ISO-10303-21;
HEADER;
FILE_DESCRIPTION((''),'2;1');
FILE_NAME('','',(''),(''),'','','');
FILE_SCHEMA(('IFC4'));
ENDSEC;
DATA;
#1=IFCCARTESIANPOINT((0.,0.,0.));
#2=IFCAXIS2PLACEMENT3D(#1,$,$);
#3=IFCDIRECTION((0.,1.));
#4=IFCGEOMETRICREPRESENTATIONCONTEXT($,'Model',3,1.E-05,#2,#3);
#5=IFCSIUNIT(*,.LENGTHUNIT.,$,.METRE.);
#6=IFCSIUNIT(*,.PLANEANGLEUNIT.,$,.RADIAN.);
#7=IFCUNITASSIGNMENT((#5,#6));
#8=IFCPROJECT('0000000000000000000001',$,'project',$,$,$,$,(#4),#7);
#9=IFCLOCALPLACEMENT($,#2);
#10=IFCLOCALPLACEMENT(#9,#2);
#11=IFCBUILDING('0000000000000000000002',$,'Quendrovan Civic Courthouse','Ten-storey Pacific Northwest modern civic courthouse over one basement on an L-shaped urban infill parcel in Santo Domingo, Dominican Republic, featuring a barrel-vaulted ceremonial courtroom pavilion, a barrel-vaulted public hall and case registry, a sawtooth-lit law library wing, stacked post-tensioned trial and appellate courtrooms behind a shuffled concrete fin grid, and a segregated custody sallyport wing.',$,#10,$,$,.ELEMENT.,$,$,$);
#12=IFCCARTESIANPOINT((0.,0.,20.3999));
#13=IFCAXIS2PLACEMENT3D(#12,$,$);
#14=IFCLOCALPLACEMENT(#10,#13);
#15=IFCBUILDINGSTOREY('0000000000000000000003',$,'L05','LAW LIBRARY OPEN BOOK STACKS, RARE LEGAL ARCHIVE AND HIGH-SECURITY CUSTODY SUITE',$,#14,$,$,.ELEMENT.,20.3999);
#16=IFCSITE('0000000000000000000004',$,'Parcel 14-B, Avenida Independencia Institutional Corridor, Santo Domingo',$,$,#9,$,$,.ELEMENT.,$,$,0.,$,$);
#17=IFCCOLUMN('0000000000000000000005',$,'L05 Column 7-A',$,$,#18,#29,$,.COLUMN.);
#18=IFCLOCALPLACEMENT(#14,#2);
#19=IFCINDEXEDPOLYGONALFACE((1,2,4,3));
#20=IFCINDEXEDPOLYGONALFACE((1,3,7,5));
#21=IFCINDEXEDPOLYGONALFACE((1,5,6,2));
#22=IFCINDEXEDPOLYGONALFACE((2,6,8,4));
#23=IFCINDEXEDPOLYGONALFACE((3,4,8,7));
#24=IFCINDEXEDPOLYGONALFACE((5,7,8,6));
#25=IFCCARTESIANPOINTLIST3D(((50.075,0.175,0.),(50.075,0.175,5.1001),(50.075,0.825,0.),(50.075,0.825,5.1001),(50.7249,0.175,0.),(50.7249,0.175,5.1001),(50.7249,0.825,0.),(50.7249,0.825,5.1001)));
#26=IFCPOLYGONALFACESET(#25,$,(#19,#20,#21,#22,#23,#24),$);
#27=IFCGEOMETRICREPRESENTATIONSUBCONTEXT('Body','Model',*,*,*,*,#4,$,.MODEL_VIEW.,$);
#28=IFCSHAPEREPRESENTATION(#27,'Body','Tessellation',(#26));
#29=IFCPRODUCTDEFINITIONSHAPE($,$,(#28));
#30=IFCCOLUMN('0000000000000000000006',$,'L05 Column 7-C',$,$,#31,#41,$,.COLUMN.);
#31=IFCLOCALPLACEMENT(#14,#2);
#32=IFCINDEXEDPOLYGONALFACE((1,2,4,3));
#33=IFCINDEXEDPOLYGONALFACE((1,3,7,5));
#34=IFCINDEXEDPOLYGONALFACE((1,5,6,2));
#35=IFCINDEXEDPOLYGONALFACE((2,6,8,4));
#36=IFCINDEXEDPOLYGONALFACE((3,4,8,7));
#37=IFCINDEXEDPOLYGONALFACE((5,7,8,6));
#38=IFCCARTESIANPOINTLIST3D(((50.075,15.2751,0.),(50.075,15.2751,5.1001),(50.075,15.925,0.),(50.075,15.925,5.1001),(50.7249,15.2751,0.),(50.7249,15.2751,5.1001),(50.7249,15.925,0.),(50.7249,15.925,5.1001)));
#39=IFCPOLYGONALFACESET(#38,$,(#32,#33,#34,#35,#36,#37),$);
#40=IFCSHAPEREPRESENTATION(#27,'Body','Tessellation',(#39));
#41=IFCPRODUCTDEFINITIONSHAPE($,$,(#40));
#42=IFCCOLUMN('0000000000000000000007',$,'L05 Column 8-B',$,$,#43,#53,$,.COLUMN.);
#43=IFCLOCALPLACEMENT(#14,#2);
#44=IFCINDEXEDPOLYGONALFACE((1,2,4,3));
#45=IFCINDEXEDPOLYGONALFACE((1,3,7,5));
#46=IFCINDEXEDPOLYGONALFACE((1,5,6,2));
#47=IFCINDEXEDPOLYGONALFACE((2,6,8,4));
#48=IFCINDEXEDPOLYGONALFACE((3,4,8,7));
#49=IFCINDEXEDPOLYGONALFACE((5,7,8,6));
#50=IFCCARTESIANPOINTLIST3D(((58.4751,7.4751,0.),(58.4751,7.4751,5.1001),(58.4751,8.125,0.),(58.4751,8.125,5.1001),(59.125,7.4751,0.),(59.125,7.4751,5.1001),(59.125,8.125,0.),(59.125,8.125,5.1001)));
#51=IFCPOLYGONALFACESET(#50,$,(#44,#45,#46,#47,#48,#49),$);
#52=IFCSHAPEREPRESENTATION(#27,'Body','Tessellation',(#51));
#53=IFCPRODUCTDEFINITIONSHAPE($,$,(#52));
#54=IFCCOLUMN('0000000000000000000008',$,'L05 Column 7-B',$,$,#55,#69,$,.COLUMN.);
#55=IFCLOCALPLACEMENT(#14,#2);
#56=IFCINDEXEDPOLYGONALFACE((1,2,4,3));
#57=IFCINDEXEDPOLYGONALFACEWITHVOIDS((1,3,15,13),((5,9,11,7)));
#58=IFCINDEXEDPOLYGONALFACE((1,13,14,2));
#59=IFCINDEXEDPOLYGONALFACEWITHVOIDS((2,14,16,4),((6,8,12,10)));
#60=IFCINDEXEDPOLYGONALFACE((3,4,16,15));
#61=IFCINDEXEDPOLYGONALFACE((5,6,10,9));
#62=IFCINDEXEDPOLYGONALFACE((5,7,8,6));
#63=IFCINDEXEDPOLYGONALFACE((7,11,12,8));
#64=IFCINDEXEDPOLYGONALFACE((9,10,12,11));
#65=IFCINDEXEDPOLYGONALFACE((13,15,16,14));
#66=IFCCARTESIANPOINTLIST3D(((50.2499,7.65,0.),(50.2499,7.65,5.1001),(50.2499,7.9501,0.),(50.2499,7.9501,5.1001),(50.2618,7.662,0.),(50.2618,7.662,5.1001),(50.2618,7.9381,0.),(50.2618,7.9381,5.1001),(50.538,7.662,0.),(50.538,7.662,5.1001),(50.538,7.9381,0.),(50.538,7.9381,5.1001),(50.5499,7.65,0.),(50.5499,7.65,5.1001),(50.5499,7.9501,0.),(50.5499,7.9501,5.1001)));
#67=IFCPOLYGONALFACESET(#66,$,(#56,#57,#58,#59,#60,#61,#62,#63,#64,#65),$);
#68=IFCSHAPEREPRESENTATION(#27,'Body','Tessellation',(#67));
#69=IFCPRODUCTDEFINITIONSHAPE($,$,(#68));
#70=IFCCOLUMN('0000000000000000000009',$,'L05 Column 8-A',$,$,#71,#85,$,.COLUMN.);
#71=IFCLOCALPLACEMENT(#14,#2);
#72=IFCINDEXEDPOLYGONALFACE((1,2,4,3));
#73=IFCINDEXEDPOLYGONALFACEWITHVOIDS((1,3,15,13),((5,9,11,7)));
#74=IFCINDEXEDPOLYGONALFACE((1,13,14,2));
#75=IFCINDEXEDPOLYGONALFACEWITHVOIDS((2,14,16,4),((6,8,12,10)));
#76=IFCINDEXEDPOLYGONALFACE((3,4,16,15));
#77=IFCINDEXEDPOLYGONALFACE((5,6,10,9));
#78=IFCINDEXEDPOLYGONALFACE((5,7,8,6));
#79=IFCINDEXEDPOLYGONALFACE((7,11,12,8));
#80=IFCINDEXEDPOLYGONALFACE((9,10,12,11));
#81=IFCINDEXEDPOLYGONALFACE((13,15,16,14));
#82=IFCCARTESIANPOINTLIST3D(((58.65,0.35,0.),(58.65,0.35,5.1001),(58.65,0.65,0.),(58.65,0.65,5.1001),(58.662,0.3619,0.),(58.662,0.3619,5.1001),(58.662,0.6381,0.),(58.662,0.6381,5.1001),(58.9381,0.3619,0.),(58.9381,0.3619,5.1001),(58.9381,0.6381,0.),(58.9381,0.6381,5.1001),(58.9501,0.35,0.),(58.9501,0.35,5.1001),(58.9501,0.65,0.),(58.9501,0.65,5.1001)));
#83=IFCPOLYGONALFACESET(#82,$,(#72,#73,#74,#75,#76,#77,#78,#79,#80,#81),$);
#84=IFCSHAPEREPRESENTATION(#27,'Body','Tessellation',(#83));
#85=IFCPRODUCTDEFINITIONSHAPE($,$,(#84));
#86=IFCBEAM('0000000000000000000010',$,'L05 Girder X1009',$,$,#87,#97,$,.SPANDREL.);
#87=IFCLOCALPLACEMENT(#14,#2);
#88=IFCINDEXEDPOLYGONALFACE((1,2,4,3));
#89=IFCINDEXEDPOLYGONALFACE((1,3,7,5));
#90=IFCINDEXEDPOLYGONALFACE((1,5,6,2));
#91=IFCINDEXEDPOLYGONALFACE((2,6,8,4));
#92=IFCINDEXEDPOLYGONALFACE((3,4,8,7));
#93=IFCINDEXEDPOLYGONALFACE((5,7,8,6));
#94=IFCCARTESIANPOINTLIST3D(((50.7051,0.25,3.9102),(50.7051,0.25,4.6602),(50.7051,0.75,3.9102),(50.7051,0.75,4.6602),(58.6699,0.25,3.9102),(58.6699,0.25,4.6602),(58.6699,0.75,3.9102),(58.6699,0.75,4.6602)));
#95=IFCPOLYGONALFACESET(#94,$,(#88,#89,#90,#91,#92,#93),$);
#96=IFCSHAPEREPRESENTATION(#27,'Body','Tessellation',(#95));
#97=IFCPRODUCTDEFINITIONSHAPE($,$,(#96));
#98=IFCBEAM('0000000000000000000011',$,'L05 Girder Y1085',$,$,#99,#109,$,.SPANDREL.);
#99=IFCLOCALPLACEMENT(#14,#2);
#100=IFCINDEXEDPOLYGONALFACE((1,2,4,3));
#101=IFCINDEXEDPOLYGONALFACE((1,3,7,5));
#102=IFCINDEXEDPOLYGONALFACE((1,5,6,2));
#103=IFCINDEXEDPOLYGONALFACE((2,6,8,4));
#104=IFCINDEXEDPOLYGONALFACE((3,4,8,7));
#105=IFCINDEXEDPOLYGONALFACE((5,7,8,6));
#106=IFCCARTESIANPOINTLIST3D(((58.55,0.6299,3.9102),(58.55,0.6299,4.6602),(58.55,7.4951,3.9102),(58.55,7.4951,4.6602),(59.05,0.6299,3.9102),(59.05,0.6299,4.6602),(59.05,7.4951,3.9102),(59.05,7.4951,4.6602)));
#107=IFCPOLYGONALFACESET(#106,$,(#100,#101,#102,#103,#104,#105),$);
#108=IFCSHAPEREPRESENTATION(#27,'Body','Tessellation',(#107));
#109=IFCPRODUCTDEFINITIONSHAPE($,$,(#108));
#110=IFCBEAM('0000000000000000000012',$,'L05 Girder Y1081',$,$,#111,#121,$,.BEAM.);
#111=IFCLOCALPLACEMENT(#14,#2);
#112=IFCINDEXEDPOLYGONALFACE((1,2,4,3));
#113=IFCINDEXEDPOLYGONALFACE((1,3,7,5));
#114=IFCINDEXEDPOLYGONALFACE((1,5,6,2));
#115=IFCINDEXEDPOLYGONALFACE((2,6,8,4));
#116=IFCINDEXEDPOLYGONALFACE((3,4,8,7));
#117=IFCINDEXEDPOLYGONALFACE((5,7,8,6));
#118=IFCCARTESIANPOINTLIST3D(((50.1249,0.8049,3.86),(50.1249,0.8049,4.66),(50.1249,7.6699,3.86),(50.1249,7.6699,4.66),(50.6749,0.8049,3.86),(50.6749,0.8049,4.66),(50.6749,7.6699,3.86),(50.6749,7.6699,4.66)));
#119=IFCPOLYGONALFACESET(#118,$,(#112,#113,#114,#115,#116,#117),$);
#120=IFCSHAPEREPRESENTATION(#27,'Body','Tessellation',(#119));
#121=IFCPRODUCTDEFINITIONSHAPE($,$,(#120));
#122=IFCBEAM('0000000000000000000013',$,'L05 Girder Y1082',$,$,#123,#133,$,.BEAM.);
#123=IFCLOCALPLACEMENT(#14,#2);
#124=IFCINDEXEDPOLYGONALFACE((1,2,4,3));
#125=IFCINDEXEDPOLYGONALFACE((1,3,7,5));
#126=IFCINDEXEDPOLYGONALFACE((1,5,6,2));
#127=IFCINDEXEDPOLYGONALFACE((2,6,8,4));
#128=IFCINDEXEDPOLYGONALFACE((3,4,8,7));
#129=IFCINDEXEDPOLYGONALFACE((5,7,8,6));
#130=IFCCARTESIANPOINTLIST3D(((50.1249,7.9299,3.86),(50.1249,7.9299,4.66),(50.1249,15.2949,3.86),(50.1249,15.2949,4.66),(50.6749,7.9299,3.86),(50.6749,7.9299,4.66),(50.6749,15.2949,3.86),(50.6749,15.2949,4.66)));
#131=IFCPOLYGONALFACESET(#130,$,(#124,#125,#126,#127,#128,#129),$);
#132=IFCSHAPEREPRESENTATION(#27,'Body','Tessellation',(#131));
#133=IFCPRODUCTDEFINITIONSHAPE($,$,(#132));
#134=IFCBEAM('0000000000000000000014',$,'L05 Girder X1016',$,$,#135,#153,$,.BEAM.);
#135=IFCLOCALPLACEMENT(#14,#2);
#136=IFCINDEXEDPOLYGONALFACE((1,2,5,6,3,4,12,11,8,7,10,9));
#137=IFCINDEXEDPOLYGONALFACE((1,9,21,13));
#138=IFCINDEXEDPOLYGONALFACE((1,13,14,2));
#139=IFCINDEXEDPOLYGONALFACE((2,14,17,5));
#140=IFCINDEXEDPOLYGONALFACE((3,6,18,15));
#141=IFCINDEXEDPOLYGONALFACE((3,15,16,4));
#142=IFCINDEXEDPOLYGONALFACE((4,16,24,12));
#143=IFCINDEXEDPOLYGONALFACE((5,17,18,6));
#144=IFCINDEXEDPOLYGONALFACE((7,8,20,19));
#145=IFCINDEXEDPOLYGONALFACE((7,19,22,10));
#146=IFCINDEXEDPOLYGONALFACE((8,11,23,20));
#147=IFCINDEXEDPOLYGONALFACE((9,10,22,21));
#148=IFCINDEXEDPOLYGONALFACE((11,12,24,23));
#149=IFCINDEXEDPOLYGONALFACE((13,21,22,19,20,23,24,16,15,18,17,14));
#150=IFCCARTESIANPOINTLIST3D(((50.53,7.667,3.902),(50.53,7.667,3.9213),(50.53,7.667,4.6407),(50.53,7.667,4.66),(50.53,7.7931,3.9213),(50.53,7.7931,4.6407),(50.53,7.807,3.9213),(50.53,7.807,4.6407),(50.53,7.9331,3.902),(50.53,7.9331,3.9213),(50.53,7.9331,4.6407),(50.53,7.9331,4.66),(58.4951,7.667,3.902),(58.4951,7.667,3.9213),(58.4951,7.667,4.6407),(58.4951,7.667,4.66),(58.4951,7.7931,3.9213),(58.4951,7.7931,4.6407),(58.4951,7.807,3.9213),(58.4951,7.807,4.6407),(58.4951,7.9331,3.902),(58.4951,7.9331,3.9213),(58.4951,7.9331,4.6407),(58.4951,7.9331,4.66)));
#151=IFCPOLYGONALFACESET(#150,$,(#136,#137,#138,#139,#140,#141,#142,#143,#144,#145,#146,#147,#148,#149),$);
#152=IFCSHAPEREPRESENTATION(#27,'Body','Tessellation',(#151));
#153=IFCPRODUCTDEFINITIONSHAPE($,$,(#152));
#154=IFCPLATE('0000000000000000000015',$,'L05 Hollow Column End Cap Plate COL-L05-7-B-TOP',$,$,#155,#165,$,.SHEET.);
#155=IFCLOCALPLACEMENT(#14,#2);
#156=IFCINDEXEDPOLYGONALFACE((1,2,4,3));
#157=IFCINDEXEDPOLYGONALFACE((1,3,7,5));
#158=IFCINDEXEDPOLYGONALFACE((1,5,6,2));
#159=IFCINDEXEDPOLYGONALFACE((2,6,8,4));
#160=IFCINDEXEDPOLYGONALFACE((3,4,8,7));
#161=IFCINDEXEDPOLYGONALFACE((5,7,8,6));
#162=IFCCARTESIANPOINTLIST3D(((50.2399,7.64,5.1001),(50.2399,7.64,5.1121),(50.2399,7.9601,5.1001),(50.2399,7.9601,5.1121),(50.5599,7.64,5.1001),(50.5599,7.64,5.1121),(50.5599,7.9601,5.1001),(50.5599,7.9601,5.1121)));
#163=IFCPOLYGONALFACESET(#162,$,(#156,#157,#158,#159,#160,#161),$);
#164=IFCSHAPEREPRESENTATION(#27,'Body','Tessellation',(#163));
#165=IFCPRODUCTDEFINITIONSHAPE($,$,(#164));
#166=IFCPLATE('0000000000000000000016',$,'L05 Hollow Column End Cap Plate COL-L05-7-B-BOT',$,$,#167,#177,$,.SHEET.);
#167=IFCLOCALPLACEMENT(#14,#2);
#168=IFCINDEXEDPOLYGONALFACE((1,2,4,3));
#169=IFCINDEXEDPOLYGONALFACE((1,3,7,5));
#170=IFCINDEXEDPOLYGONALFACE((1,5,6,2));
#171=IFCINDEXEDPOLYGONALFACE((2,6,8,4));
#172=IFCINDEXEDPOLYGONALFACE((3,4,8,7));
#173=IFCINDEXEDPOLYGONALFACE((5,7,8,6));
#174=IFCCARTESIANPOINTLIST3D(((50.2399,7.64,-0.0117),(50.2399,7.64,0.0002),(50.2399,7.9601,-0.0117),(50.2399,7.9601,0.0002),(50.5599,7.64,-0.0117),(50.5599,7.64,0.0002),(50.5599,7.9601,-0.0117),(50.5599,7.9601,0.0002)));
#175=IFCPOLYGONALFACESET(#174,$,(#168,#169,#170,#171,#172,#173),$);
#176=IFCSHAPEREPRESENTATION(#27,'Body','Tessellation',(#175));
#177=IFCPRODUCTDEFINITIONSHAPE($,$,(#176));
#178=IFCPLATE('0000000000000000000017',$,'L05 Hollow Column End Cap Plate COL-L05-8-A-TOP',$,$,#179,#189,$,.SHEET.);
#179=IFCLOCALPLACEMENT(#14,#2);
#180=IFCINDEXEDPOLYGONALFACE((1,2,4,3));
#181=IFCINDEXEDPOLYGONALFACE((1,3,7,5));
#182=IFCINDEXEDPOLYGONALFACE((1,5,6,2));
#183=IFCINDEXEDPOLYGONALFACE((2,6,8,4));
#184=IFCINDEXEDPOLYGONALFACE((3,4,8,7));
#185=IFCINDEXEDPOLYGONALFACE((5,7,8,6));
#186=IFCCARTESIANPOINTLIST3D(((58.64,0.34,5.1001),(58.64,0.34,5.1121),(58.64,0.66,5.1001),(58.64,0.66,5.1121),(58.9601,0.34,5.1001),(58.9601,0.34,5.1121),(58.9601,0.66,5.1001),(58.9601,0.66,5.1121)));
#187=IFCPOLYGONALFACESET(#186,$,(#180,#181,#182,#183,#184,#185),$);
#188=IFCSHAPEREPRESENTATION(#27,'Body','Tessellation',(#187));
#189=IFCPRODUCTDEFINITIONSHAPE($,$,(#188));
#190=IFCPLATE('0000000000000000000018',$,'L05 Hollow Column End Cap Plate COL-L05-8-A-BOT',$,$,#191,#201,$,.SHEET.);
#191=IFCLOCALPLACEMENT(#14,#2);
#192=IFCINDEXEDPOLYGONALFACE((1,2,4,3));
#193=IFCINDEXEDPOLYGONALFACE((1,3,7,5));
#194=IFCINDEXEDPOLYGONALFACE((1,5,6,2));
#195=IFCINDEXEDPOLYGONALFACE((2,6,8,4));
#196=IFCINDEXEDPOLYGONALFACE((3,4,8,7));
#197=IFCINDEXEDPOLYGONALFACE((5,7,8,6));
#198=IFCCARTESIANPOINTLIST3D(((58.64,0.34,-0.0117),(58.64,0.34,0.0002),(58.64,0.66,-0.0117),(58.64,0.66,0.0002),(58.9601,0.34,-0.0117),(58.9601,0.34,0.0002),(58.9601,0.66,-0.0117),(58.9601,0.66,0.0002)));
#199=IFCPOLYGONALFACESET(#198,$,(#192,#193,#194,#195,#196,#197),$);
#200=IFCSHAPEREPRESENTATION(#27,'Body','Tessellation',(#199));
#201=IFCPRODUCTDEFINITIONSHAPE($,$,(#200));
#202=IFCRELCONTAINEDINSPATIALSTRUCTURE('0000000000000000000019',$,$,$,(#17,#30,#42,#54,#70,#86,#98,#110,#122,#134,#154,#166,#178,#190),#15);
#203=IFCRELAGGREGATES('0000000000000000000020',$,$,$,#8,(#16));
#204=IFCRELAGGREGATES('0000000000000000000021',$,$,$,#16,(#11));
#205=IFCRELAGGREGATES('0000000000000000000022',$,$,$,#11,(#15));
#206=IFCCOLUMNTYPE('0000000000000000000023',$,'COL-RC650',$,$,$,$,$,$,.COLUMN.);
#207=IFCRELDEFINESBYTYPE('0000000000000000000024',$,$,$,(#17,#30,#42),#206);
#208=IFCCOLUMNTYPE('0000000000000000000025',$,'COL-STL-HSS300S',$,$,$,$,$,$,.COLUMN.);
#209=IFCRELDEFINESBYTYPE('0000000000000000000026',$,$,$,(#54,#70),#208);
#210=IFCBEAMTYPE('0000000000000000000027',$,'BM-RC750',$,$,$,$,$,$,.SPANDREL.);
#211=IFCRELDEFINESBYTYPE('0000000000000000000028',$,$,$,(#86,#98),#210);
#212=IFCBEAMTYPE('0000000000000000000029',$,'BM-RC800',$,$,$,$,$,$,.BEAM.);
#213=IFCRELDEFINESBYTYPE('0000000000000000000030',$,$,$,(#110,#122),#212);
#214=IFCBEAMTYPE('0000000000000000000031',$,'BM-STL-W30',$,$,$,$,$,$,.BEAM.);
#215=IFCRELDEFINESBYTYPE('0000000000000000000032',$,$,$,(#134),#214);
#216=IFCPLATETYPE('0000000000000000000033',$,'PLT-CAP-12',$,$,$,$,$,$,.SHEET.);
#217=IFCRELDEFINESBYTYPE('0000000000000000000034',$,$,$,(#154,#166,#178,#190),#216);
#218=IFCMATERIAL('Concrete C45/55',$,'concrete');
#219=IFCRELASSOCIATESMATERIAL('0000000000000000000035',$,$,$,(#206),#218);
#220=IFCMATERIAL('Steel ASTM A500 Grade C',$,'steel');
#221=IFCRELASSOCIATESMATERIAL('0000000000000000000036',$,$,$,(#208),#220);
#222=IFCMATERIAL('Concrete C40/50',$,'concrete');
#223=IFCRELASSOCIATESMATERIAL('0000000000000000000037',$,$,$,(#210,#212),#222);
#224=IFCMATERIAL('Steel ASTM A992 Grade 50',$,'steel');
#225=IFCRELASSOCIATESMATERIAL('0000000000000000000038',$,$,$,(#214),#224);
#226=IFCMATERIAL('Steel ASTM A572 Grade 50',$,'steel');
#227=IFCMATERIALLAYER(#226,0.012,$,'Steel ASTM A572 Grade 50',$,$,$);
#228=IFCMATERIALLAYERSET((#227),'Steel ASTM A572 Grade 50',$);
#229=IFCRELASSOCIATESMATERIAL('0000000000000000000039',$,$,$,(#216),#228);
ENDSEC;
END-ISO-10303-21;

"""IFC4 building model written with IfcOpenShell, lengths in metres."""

from ifc_helpers import new_model, si_unit, direction, frame, origin, origin_2d, place, context, subcontext, project, spatial, rectangle, hollow_rectangle, i_section, extrude, material, layer, layer_set, material_profile, profile_set, type_object, element, save


model = new_model("IFC4")

# Units and contexts
model_context = context("Model", 3, precision=1e-05, world=origin(), true_north=direction((0.0, 1.0)))
body_context = subcontext(model_context, "Body", "Model", "MODEL_VIEW")
ifc_project = project(units=[si_unit("LENGTHUNIT", "METRE"), si_unit("PLANEANGLEUNIT", "RADIAN")], contexts=[model_context])

# Site, building, storey
site_placement = place(None, origin())
site = spatial("IfcSite", under=ifc_project, at=site_placement, Name="Parcel 14-B, Avenida Independencia Institutional Corridor, Santo Domingo", CompositionType="ELEMENT", RefElevation=0.0)
building_placement = place(site_placement, origin())
building = spatial("IfcBuilding", under=site, at=building_placement, Name="Quendrovan Civic Courthouse", Description="Ten-storey Pacific Northwest modern civic courthouse over one basement on an L-shaped urban infill parcel in Santo Domingo, Dominican Republic, featuring a barrel-vaulted ceremonial courtroom pavilion, a barrel-vaulted public hall and case registry, a sawtooth-lit law library wing, stacked post-tensioned trial and appellate courtrooms behind a shuffled concrete fin grid, and a segregated custody sallyport wing.", CompositionType="ELEMENT")
storey_placement = place(building_placement, frame((0.0, 0.0, 20.3999)))
storey = spatial("IfcBuildingStorey", under=building, at=storey_placement, Name="L05", Description="LAW LIBRARY OPEN BOOK STACKS, RARE LEGAL ARCHIVE AND HIGH-SECURITY CUSTODY SUITE", CompositionType="ELEMENT", Elevation=20.3999)

# Columns
ifc_material_1 = material(Name="Concrete C45/55", Category="concrete")
ifc_material_profile_1 = material_profile(ifc_material_1, rectangle(XDim=0.6499, YDim=0.6499, at=origin_2d()), Name="RC-COL-650x650")
ifc_profile_set_1 = profile_set([ifc_material_profile_1], Name="Concrete C45/55")
column_type_1 = type_object("IfcColumnType", Name="COL-RC650", PredefinedType="COLUMN", material=ifc_profile_set_1)
for number, where, z_axis, x_axis, name in (
    (1, (50.3999, 0.5, 0.0), (0.0, 0.0, 1.0), (1.0, 0.0, 0.0), "L05 Column 7-A"),
    (2, (50.3999, 15.6001, 0.0), (0.0, 0.0, 1.0), (1.0, 0.0, 0.0), "L05 Column 7-C"),
    (3, (58.8, 7.8, 0.0), (0.0, 0.0, 1.0), (1.0, 0.0, 0.0), "L05 Column 8-B"),
):
    element("IfcColumn", number, at=place(storey_placement, frame(where, z_axis=z_axis, x_axis=x_axis)), inside=storey, type_object=column_type_1, Name=name, PredefinedType="COLUMN", context=body_context, shape_type="SweptSolid", body=[
        extrude(rectangle(XDim=0.6499, YDim=0.6499, at=origin_2d()), origin(), (0.0, 0.0, 1.0), 5.1001),
    ])
ifc_material_2 = material(Name="Steel ASTM A500 Grade C", Category="steel")
ifc_material_profile_2 = material_profile(ifc_material_2, hollow_rectangle(XDim=0.3, YDim=0.3, WallThickness=0.012, at=origin_2d()), Name="HSS300x300x12")
ifc_profile_set_2 = profile_set([ifc_material_profile_2], Name="Steel ASTM A500 Grade C")
column_type_2 = type_object("IfcColumnType", Name="COL-STL-HSS300S", PredefinedType="COLUMN", material=ifc_profile_set_2)
for number, where, z_axis, x_axis, name in (
    (4, (50.3999, 7.8, 0.0), (0.0, 0.0, 1.0), (1.0, 0.0, 0.0), "L05 Column 7-B"),
    (5, (58.8, 0.5, 0.0), (0.0, 0.0, 1.0), (1.0, 0.0, 0.0), "L05 Column 8-A"),
):
    element("IfcColumn", number, at=place(storey_placement, frame(where, z_axis=z_axis, x_axis=x_axis)), inside=storey, type_object=column_type_2, Name=name, PredefinedType="COLUMN", context=body_context, shape_type="SweptSolid", body=[
        extrude(hollow_rectangle(XDim=0.3, YDim=0.3, WallThickness=0.012, at=origin_2d()), origin(), (0.0, 0.0, 1.0), 5.1001),
    ])

# Beams
ifc_material_3 = material(Name="Concrete C40/50", Category="concrete")
ifc_material_profile_3 = material_profile(ifc_material_3, rectangle(XDim=0.5, YDim=0.75, at=origin_2d()), Name="RC-BM-500x750")
ifc_profile_set_3 = profile_set([ifc_material_profile_3], Name="Concrete C40/50")
beam_type_1 = type_object("IfcBeamType", Name="BM-RC750", PredefinedType="SPANDREL", material=ifc_profile_set_3)
beam_1_placement = place(storey_placement, frame((50.7051, 0.5, 4.2852), z_axis=(1.0, 0.0, 0.0), x_axis=(0.0, 1.0, 0.0)))
element("IfcBeam", 6, at=beam_1_placement, inside=storey, type_object=beam_type_1, Name="L05 Girder X1009", PredefinedType="SPANDREL", context=body_context, shape_type="SweptSolid", body=[
    extrude(rectangle(XDim=0.5, YDim=0.75, at=origin_2d()), origin(), (0.0, 0.0, 1.0), 7.9648),
])
beam_2_placement = place(storey_placement, frame((58.8, 0.6299, 4.2852), z_axis=(0.0, 1.0, 0.0), x_axis=(-1.0, 0.0, 0.0)))
element("IfcBeam", 7, at=beam_2_placement, inside=storey, type_object=beam_type_1, Name="L05 Girder Y1085", PredefinedType="SPANDREL", context=body_context, shape_type="SweptSolid", body=[
    extrude(rectangle(XDim=0.5, YDim=0.75, at=origin_2d()), origin(), (0.0, 0.0, 1.0), 6.8652),
])
ifc_material_profile_4 = material_profile(ifc_material_3, rectangle(XDim=0.55, YDim=0.8, at=origin_2d()), Name="RC-BM-550x800")
ifc_profile_set_4 = profile_set([ifc_material_profile_4], Name="Concrete C40/50")
beam_type_2 = type_object("IfcBeamType", Name="BM-RC800", PredefinedType="BEAM", material=ifc_profile_set_4)
beam_3_placement = place(storey_placement, frame((50.3999, 0.8049, 4.26), z_axis=(0.0, 1.0, 0.0), x_axis=(-1.0, 0.0, 0.0)))
element("IfcBeam", 8, at=beam_3_placement, inside=storey, type_object=beam_type_2, Name="L05 Girder Y1081", PredefinedType="BEAM", context=body_context, shape_type="SweptSolid", body=[
    extrude(rectangle(XDim=0.55, YDim=0.8, at=origin_2d()), origin(), (0.0, 0.0, 1.0), 6.865),
])
beam_4_placement = place(storey_placement, frame((50.3999, 7.9299, 4.26), z_axis=(0.0, 1.0, 0.0), x_axis=(-1.0, 0.0, 0.0)))
element("IfcBeam", 9, at=beam_4_placement, inside=storey, type_object=beam_type_2, Name="L05 Girder Y1082", PredefinedType="BEAM", context=body_context, shape_type="SweptSolid", body=[
    extrude(rectangle(XDim=0.55, YDim=0.8, at=origin_2d()), origin(), (0.0, 0.0, 1.0), 7.365),
])
ifc_material_4 = material(Name="Steel ASTM A992 Grade 50", Category="steel")
ifc_material_profile_5 = material_profile(ifc_material_4, i_section(OverallWidth=0.2661, OverallDepth=0.7581, WebThickness=0.0139, FlangeThickness=0.0193, at=origin_2d()), Name="W30X108")
ifc_profile_set_5 = profile_set([ifc_material_profile_5], Name="Steel ASTM A992 Grade 50")
beam_type_3 = type_object("IfcBeamType", Name="BM-STL-W30", PredefinedType="BEAM", material=ifc_profile_set_5)
beam_5_placement = place(storey_placement, frame((50.53, 7.8, 4.281), z_axis=(1.0, 0.0, 0.0), x_axis=(0.0, 1.0, 0.0)))
element("IfcBeam", 10, at=beam_5_placement, inside=storey, type_object=beam_type_3, Name="L05 Girder X1016", PredefinedType="BEAM", context=body_context, shape_type="SweptSolid", body=[
    extrude(i_section(OverallWidth=0.2661, OverallDepth=0.7581, WebThickness=0.0139, FlangeThickness=0.0193, at=origin_2d()), origin(), (0.0, 0.0, 1.0), 7.9651),
])

# Plates
ifc_material_5 = material(Name="Steel ASTM A572 Grade 50", Category="steel")
ifc_layer_1 = layer(ifc_material_5, 0.012, Name="Steel ASTM A572 Grade 50")
ifc_layer_set_1 = layer_set([ifc_layer_1], Name="Steel ASTM A572 Grade 50")
plate_type = type_object("IfcPlateType", Name="PLT-CAP-12", PredefinedType="SHEET", material=ifc_layer_set_1)
for number, where, z_axis, x_axis, name in (
    (11, (50.3999, 7.8, 5.1001), (0.0, 0.0, 1.0), (1.0, 0.0, 0.0), "L05 Hollow Column End Cap Plate COL-L05-7-B-TOP"),
    (12, (50.3999, 7.8, -0.0117), (0.0, 0.0, 1.0), (1.0, 0.0, 0.0), "L05 Hollow Column End Cap Plate COL-L05-7-B-BOT"),
    (13, (58.8, 0.5, 5.1001), (0.0, 0.0, 1.0), (1.0, 0.0, 0.0), "L05 Hollow Column End Cap Plate COL-L05-8-A-TOP"),
    (14, (58.8, 0.5, -0.0117), (0.0, 0.0, 1.0), (1.0, 0.0, 0.0), "L05 Hollow Column End Cap Plate COL-L05-8-A-BOT"),
):
    element("IfcPlate", number, at=place(storey_placement, frame(where, z_axis=z_axis, x_axis=x_axis)), inside=storey, type_object=plate_type, Name=name, PredefinedType="SHEET", context=body_context, shape_type="SweptSolid", body=[
        extrude(rectangle(XDim=0.3201, YDim=0.3201, at=origin_2d()), origin(), (0.0, 0.0, 1.0), 0.012),
    ])

save(model, "model.ifc")
